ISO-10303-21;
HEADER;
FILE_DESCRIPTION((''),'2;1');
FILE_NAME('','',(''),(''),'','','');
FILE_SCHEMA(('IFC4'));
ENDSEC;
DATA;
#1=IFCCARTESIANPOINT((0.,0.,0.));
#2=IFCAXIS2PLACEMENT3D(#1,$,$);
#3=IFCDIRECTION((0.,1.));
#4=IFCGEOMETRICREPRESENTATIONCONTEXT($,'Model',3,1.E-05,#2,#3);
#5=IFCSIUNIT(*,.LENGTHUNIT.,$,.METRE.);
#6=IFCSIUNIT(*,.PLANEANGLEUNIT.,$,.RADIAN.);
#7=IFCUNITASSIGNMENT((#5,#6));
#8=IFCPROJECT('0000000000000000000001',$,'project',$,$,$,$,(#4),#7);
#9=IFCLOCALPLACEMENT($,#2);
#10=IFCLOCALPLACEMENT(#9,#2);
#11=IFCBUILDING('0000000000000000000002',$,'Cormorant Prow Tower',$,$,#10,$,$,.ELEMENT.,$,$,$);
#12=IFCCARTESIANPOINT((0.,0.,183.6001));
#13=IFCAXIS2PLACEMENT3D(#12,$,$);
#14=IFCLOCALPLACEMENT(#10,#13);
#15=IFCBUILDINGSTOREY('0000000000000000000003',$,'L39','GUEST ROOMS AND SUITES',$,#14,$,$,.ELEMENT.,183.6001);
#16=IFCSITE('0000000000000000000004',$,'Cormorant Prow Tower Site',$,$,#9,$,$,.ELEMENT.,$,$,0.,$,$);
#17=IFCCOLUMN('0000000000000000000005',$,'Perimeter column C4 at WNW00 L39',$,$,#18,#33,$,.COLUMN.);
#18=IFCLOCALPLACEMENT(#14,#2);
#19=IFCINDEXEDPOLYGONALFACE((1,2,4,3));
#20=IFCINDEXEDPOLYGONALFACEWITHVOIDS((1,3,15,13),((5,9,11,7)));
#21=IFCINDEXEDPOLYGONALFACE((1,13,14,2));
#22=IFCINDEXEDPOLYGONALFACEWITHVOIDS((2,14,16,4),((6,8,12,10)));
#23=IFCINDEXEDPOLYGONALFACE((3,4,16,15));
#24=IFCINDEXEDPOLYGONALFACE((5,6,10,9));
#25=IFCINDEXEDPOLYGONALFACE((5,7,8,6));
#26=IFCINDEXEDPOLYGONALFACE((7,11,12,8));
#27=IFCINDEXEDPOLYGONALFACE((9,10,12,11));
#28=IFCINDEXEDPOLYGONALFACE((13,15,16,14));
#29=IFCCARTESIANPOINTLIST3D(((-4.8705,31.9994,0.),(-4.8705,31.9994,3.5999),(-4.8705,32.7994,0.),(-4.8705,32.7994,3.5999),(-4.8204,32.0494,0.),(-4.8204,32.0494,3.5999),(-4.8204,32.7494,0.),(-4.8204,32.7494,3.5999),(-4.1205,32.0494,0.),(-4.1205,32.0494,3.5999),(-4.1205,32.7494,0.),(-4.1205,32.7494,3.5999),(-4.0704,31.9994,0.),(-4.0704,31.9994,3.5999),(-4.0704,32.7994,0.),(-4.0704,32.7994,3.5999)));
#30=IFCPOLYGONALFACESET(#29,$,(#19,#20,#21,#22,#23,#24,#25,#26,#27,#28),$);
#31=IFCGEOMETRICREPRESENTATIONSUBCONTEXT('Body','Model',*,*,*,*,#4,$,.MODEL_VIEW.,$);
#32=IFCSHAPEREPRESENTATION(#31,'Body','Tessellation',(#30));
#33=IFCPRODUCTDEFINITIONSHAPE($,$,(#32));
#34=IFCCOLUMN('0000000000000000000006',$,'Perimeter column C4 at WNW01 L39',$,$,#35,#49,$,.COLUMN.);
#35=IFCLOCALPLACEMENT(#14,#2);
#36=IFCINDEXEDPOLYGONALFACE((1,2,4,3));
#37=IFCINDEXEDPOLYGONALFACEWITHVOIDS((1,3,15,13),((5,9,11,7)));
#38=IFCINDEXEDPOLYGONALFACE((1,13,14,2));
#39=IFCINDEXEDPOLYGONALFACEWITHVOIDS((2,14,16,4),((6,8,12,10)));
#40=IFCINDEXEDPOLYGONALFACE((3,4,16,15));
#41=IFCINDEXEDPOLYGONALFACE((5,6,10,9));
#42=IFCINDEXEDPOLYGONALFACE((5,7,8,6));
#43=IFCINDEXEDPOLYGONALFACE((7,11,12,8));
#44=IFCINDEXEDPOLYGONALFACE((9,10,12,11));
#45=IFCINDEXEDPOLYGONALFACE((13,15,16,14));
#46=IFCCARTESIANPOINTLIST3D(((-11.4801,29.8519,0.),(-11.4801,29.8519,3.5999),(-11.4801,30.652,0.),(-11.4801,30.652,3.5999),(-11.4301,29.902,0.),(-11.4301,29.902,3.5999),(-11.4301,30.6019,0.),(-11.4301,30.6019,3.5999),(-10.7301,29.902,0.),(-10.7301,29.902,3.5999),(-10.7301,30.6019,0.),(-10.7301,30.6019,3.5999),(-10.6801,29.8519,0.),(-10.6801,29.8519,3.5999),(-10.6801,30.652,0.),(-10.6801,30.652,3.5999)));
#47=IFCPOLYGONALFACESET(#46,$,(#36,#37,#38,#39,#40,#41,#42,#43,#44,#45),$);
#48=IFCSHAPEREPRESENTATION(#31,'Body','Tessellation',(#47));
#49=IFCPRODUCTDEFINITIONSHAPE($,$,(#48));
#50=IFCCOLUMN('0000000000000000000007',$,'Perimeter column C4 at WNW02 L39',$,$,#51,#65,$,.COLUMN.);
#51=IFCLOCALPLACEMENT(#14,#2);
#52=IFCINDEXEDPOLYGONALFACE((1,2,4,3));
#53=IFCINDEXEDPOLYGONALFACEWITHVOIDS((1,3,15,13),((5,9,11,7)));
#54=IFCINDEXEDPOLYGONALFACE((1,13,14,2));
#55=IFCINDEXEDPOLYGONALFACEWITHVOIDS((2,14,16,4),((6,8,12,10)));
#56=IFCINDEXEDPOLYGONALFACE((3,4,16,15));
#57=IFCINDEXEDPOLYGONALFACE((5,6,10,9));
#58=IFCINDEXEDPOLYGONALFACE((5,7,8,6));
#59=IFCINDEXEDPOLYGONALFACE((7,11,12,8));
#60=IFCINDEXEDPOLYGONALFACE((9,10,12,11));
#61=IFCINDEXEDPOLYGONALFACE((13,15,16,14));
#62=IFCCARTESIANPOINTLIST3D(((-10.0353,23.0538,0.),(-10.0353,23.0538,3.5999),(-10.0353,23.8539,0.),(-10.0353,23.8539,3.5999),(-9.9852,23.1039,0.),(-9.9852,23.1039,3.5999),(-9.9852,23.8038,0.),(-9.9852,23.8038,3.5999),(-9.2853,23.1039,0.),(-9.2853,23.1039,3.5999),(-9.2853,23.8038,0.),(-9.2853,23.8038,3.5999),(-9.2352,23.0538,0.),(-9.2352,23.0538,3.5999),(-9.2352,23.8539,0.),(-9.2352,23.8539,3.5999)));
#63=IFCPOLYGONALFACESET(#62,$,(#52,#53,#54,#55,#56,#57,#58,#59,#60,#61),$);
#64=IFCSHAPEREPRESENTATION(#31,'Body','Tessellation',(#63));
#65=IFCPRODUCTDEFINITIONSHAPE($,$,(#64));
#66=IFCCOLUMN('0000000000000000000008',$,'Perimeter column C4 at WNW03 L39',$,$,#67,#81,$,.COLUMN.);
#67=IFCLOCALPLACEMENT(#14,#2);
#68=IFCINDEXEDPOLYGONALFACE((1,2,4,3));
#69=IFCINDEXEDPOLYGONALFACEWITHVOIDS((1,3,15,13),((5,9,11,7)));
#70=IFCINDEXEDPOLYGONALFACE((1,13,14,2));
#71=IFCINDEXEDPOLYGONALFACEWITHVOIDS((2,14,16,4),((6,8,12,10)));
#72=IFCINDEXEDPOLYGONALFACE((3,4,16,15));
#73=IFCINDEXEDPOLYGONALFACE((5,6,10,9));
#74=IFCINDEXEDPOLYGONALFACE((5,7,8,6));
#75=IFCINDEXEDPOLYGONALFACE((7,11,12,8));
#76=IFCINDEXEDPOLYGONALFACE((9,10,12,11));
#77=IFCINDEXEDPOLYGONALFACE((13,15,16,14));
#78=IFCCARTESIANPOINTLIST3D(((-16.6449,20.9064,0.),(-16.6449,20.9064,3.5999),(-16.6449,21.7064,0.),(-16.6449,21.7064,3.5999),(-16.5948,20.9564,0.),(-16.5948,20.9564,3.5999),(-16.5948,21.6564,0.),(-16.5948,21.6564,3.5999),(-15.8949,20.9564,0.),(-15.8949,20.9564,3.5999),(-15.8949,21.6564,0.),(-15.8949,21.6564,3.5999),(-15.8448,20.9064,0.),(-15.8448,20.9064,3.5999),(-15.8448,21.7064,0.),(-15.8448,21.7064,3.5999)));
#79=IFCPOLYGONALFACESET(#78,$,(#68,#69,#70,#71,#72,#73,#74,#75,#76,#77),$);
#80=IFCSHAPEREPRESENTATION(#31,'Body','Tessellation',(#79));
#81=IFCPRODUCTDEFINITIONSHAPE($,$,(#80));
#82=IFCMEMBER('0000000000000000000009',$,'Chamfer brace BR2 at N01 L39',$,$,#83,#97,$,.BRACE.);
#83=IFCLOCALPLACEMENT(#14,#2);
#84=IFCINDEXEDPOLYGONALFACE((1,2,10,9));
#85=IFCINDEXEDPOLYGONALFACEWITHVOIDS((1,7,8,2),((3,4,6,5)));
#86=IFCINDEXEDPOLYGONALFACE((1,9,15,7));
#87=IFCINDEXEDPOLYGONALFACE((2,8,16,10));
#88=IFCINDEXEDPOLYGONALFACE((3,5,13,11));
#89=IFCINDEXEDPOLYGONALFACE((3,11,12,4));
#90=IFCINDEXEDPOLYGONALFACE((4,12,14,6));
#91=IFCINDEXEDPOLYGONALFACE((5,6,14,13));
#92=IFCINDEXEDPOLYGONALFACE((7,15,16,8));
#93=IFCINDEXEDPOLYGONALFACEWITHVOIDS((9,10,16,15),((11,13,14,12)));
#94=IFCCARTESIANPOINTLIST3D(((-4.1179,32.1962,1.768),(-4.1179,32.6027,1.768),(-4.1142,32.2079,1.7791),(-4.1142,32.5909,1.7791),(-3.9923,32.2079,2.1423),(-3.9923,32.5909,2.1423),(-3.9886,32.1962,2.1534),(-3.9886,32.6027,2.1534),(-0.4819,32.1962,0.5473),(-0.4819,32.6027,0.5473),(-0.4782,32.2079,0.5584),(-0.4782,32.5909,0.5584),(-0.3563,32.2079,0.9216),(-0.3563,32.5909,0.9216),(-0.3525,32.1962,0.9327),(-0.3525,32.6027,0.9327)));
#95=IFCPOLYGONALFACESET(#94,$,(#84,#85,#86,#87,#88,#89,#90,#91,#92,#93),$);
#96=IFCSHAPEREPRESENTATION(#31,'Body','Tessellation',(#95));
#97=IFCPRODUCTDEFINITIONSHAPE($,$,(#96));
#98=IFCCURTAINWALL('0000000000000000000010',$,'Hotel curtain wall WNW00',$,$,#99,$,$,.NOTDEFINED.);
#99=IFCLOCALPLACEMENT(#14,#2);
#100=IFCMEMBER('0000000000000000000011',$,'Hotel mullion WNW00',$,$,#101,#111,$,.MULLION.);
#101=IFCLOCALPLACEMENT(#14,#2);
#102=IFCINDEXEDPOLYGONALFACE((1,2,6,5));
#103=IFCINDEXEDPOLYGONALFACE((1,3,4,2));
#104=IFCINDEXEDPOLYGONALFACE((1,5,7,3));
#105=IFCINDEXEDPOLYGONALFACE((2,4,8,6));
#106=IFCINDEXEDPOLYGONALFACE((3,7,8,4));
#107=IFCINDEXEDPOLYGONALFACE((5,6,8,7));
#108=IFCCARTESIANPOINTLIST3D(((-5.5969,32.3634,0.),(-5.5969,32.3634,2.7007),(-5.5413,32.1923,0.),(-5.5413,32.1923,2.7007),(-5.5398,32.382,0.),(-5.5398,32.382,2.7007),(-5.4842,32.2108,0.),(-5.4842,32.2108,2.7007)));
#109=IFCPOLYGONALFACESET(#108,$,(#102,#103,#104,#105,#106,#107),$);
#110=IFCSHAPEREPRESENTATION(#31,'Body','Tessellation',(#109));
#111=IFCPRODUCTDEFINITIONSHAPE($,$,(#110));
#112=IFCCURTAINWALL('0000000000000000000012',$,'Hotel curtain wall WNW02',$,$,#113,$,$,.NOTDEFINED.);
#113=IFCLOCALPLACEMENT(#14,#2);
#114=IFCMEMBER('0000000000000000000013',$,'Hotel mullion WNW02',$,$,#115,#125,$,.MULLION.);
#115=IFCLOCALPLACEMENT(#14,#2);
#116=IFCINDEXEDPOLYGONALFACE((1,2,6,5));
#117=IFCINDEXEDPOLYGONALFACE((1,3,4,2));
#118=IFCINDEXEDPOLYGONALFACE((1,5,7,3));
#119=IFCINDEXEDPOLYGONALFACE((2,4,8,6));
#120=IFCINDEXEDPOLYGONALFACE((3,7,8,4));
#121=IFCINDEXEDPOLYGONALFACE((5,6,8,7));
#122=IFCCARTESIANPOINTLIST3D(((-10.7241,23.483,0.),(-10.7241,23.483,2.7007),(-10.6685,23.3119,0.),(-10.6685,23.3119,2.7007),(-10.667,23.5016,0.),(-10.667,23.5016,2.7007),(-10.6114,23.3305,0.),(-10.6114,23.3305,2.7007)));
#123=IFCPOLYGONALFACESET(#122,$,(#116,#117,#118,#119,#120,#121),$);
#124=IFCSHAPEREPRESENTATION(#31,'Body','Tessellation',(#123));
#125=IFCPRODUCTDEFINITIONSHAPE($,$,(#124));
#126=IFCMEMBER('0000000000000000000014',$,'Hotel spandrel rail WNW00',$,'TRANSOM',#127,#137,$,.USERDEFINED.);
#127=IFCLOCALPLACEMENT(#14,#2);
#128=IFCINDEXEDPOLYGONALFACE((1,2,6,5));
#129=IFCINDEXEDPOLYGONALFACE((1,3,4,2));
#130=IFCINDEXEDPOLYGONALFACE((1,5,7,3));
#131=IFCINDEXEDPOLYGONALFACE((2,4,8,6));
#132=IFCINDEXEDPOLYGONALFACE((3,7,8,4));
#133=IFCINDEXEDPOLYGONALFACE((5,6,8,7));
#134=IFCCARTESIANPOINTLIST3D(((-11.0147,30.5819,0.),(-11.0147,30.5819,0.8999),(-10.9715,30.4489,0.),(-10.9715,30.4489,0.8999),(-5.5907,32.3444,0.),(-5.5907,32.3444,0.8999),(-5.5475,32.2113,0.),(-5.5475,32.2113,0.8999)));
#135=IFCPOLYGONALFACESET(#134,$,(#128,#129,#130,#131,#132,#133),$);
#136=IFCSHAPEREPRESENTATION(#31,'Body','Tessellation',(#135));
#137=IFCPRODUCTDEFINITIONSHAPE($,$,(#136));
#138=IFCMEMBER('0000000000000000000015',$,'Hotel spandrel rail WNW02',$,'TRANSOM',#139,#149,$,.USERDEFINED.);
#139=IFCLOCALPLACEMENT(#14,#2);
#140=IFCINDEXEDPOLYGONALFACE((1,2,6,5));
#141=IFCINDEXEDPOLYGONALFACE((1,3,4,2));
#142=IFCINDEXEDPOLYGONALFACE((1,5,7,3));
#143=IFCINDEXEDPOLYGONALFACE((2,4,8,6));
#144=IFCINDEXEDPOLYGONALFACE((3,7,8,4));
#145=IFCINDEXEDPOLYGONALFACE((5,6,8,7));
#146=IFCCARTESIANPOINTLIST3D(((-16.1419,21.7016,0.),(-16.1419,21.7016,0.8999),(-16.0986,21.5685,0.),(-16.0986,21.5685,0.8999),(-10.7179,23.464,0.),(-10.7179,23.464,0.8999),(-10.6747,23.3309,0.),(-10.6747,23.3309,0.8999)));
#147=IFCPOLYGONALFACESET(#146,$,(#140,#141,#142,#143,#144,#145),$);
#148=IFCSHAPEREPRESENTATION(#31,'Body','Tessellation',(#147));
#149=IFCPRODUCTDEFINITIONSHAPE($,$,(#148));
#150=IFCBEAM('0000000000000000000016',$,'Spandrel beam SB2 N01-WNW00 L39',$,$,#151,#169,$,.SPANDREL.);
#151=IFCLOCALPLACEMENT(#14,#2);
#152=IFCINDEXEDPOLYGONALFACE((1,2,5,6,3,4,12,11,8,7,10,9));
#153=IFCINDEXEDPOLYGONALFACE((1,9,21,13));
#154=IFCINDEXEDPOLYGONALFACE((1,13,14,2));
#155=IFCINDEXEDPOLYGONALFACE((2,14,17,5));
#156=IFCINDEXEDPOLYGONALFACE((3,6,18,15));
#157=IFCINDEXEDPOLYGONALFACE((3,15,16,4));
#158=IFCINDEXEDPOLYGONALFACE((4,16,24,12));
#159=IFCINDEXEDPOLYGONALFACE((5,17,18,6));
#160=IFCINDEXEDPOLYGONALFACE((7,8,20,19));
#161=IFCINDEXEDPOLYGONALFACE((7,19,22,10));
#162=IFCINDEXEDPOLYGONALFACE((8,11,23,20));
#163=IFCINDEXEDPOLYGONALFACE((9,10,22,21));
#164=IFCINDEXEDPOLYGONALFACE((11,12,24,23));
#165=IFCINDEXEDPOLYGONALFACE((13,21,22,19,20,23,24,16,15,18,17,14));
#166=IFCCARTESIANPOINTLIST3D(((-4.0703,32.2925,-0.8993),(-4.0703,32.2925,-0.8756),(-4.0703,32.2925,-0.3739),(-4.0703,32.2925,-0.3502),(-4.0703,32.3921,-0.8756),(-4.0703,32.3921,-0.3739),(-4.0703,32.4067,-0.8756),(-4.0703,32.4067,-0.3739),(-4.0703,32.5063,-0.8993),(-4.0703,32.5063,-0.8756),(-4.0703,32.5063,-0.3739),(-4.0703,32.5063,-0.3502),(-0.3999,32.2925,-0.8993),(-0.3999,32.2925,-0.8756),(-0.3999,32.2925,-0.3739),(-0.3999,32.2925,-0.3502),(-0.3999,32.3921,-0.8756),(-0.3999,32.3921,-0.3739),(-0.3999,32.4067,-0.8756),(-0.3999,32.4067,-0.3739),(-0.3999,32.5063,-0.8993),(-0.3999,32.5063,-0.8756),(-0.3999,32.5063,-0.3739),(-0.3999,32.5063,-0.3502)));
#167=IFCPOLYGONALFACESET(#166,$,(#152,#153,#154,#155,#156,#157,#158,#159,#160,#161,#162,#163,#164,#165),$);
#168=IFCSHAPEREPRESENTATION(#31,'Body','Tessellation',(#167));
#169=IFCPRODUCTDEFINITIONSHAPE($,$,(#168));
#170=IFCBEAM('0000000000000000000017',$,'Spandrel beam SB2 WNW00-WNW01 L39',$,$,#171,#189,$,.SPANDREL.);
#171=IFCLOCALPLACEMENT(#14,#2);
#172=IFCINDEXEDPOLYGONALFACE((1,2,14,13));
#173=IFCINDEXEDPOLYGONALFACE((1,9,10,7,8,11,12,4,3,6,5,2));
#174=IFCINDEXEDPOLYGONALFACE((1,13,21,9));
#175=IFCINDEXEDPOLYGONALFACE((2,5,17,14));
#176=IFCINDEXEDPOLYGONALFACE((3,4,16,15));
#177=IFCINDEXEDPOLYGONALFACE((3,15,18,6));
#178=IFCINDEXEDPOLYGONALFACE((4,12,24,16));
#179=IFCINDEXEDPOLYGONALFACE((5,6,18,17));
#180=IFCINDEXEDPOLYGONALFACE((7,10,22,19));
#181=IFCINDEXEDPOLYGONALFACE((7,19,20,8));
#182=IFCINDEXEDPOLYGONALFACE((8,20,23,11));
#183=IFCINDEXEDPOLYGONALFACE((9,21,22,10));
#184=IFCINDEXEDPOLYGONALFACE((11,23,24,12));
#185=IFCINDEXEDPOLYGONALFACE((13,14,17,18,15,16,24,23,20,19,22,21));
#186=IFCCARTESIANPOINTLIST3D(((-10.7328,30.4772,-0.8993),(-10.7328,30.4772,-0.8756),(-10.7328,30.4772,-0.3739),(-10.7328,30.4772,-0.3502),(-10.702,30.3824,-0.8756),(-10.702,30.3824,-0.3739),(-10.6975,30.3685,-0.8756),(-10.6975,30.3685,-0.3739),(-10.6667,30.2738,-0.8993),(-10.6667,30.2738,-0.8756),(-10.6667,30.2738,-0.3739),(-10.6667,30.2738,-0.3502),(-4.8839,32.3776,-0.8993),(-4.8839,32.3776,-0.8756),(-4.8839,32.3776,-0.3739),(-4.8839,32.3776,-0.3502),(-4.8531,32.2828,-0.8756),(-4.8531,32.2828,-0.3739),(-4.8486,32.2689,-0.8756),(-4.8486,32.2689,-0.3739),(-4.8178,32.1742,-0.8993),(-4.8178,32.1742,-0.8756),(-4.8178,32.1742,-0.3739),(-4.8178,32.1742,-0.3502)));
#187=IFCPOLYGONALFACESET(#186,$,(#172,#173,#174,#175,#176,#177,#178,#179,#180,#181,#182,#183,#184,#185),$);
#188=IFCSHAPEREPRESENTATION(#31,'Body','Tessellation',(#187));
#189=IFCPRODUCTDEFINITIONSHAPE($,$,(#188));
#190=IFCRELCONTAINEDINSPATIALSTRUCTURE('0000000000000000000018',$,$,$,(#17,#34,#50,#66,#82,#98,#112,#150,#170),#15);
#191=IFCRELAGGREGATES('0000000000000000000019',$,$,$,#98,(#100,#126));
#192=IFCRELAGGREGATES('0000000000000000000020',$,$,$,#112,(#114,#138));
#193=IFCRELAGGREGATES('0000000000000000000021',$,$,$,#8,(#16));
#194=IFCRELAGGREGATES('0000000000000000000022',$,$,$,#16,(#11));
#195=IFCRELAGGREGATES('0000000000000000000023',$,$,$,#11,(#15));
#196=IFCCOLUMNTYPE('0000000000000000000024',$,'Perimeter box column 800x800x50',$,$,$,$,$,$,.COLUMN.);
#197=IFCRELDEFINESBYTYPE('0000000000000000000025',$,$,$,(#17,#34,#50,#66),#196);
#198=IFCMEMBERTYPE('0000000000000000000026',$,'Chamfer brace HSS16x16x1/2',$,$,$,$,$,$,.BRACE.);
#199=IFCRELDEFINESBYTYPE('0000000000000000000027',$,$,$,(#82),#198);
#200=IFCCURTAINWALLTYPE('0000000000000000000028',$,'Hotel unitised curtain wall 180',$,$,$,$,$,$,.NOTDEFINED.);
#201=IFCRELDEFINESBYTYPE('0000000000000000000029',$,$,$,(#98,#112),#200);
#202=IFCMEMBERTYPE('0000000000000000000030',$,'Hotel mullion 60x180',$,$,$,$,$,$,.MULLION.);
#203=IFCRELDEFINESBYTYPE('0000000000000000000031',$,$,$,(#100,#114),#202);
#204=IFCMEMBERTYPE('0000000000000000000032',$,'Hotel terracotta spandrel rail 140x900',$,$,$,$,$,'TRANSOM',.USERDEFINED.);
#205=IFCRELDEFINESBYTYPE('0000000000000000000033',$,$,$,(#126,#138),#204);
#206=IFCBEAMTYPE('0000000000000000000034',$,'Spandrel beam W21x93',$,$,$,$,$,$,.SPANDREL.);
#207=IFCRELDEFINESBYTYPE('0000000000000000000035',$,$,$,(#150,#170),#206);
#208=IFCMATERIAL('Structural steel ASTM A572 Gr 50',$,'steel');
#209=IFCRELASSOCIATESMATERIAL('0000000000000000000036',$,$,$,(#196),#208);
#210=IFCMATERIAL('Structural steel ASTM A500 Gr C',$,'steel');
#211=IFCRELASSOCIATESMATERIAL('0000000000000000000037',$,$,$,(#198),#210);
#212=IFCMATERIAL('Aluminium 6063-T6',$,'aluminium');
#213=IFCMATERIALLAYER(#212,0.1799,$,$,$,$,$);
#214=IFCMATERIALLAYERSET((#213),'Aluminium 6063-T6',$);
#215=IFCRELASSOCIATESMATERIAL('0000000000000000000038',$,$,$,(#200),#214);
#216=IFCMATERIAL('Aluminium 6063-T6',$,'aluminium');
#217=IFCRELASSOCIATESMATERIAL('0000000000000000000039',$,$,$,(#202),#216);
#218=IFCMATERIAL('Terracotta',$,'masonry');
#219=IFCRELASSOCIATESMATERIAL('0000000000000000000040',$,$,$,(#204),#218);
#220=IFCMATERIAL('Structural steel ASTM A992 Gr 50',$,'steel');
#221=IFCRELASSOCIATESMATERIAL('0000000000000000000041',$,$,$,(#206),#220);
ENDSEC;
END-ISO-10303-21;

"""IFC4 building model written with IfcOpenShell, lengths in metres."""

from ifc_helpers import new_model, si_unit, direction, frame, origin, origin_2d, place, context, subcontext, project, spatial, rectangle, hollow_rectangle, i_section, extrude, material, layer, layer_set, material_profile, profile_set, type_object, element, aggregate, save


model = new_model("IFC4")

# Units and contexts
model_context = context("Model", 3, precision=1e-05, world=origin(), true_north=direction((0.0, 1.0)))
body_context = subcontext(model_context, "Body", "Model", "MODEL_VIEW")
ifc_project = project(units=[si_unit("LENGTHUNIT", "METRE"), si_unit("PLANEANGLEUNIT", "RADIAN")], contexts=[model_context])

# Site, building, storey
site_placement = place(None, origin())
site = spatial("IfcSite", under=ifc_project, at=site_placement, Name="Cormorant Prow Tower Site", CompositionType="ELEMENT", RefElevation=0.0)
building_placement = place(site_placement, origin())
building = spatial("IfcBuilding", under=site, at=building_placement, Name="Cormorant Prow Tower", CompositionType="ELEMENT")
storey_placement = place(building_placement, frame((0.0, 0.0, 183.6001)))
storey = spatial("IfcBuildingStorey", under=building, at=storey_placement, Name="L39", Description="GUEST ROOMS AND SUITES", CompositionType="ELEMENT", Elevation=183.6001)

# Columns
ifc_material_1 = material(Name="Structural steel ASTM A572 Gr 50", Category="steel")
ifc_material_profile_1 = material_profile(ifc_material_1, hollow_rectangle(XDim=0.8, YDim=0.8, WallThickness=0.05, at=origin_2d()), Name="Box 800x800x50")
ifc_profile_set_1 = profile_set([ifc_material_profile_1], Name="Structural steel ASTM A572 Gr 50")
column_type = type_object("IfcColumnType", Name="Perimeter box column 800x800x50", PredefinedType="COLUMN", material=ifc_profile_set_1)
for number, where, z_axis, x_axis, name in (
    (1, (-4.4705, 32.3994, 0.0), (0.0, 0.0, 1.0), (1.0, 0.0, 0.0), "Perimeter column C4 at WNW00 L39"),
    (2, (-11.0801, 30.252, 0.0), (0.0, 0.0, 1.0), (1.0, 0.0, 0.0), "Perimeter column C4 at WNW01 L39"),
    (3, (-9.6353, 23.4539, 0.0), (0.0, 0.0, 1.0), (1.0, 0.0, 0.0), "Perimeter column C4 at WNW02 L39"),
    (4, (-16.2449, 21.3064, 0.0), (0.0, 0.0, 1.0), (1.0, 0.0, 0.0), "Perimeter column C4 at WNW03 L39"),
):
    element("IfcColumn", number, at=place(storey_placement, frame(where, z_axis=z_axis, x_axis=x_axis)), inside=storey, type_object=column_type, Name=name, PredefinedType="COLUMN", context=body_context, shape_type="SweptSolid", body=[
        extrude(hollow_rectangle(XDim=0.8, YDim=0.8, WallThickness=0.05, at=origin_2d()), origin(), (0.0, 0.0, 1.0), 3.5999),
    ])

# Member
ifc_material_2 = material(Name="Structural steel ASTM A500 Gr C", Category="steel")
ifc_material_profile_2 = material_profile(ifc_material_2, hollow_rectangle(XDim=0.4065, YDim=0.4065, WallThickness=0.0117, at=origin_2d()), Name="HSS16x16x1/2")
ifc_profile_set_2 = profile_set([ifc_material_profile_2], Name="Structural steel ASTM A500 Gr C")
member_type_1 = type_object("IfcMemberType", Name="Chamfer brace HSS16x16x1/2", PredefinedType="BRACE", material=ifc_profile_set_2)
member_1_placement = place(storey_placement, frame((-0.4172, 32.3994, 0.74), z_axis=(-0.948, 0.0, 0.31827), x_axis=(0.0, -1.0, 0.0)))
element("IfcMember", 5, at=member_1_placement, inside=storey, type_object=member_type_1, Name="Chamfer brace BR2 at N01 L39", PredefinedType="BRACE", context=body_context, shape_type="SweptSolid", body=[
    extrude(hollow_rectangle(XDim=0.4065, YDim=0.4065, WallThickness=0.0117, at=origin_2d()), origin(), (0.0, 0.0, 1.0), 3.8354),
])

# Curtain walls, members
ifc_material_3 = material(Name="Aluminium 6063-T6", Category="aluminium")
ifc_layer_1 = layer(ifc_material_3, 0.1799)
ifc_layer_set_1 = layer_set([ifc_layer_1], Name="Aluminium 6063-T6")
curtain_wall_type = type_object("IfcCurtainWallType", Name="Hotel unitised curtain wall 180", PredefinedType="NOTDEFINED", material=ifc_layer_set_1)
curtain_wall_1_placement = place(storey_placement, origin())
curtain_wall_1 = element("IfcCurtainWall", 6, at=curtain_wall_1_placement, inside=storey, type_object=curtain_wall_type, Name="Hotel curtain wall WNW00", PredefinedType="NOTDEFINED")
ifc_material_4 = material(Name="Aluminium 6063-T6", Category="aluminium")
ifc_material_profile_3 = material_profile(ifc_material_4, rectangle(XDim=0.1799, YDim=0.0601, at=origin_2d()), Name="Hotel mullion 60x180")
ifc_profile_set_3 = profile_set([ifc_material_profile_3], Name="Aluminium 6063-T6")
member_type_2 = type_object("IfcMemberType", Name="Hotel mullion 60x180", PredefinedType="MULLION", material=ifc_profile_set_3)
member_2_placement = place(storey_placement, frame((-5.5405, 32.2871, 0.0), z_axis=(0.0, 0.0, 1.0), x_axis=(0.309017, -0.951057, 0.0)))
member_2 = element("IfcMember", 7, at=member_2_placement, type_object=member_type_2, Name="Hotel mullion WNW00", PredefinedType="MULLION", context=body_context, shape_type="SweptSolid", body=[
    extrude(rectangle(XDim=0.1799, YDim=0.0601, at=origin_2d()), origin(), (0.0, 0.0, 1.0), 2.7007),
])
curtain_wall_2_placement = place(storey_placement, origin())
curtain_wall_2 = element("IfcCurtainWall", 8, at=curtain_wall_2_placement, inside=storey, type_object=curtain_wall_type, Name="Hotel curtain wall WNW02", PredefinedType="NOTDEFINED")
member_3_placement = place(storey_placement, frame((-10.6677, 23.4067, 0.0), z_axis=(0.0, 0.0, 1.0), x_axis=(0.309017, -0.951057, 0.0)))
member_3 = element("IfcMember", 9, at=member_3_placement, type_object=member_type_2, Name="Hotel mullion WNW02", PredefinedType="MULLION", context=body_context, shape_type="SweptSolid", body=[
    extrude(rectangle(XDim=0.1799, YDim=0.0601, at=origin_2d()), origin(), (0.0, 0.0, 1.0), 2.7007),
])

# Members
ifc_material_5 = material(Name="Terracotta", Category="masonry")
ifc_material_profile_4 = material_profile(ifc_material_5, rectangle(XDim=0.1399, YDim=0.8999, at=origin_2d()), Name="Hotel terracotta spandrel rail 140x900")
ifc_profile_set_4 = profile_set([ifc_material_profile_4], Name="Terracotta")
member_type_3 = type_object("IfcMemberType", Name="Hotel terracotta spandrel rail 140x900", ElementType="TRANSOM", PredefinedType="USERDEFINED", material=ifc_profile_set_4)
member_4_placement = place(storey_placement, frame((-5.5691, 32.2778, 0.45), z_axis=(-0.951053, -0.309027, 0.0), x_axis=(0.309027, -0.951053, 0.0)))
member_4 = element("IfcMember", 10, at=member_4_placement, type_object=member_type_3, Name="Hotel spandrel rail WNW00", ObjectType="TRANSOM", PredefinedType="USERDEFINED", context=body_context, shape_type="SweptSolid", body=[
    extrude(rectangle(XDim=0.1399, YDim=0.8999, at=origin_2d()), origin(), (0.0, 0.0, 1.0), 5.7031),
])
member_5_placement = place(storey_placement, frame((-10.6963, 23.3975, 0.45), z_axis=(-0.951053, -0.309027, 0.0), x_axis=(0.309027, -0.951053, 0.0)))
member_5 = element("IfcMember", 11, at=member_5_placement, type_object=member_type_3, Name="Hotel spandrel rail WNW02", ObjectType="TRANSOM", PredefinedType="USERDEFINED", context=body_context, shape_type="SweptSolid", body=[
    extrude(rectangle(XDim=0.1399, YDim=0.8999, at=origin_2d()), origin(), (0.0, 0.0, 1.0), 5.7031),
])

# Beams
ifc_material_6 = material(Name="Structural steel ASTM A992 Gr 50", Category="steel")
ifc_material_profile_5 = material_profile(ifc_material_6, i_section(OverallWidth=0.2139, OverallDepth=0.5491, WebThickness=0.0146, FlangeThickness=0.0237, at=origin_2d()), Name="W21x93")
ifc_profile_set_5 = profile_set([ifc_material_profile_5], Name="Structural steel ASTM A992 Gr 50")
beam_type = type_object("IfcBeamType", Name="Spandrel beam W21x93", PredefinedType="SPANDREL", material=ifc_profile_set_5)
beam_1_placement = place(storey_placement, frame((-0.3999, 32.3994, -0.6248), z_axis=(-1.0, 0.0, 0.0), x_axis=(0.0, -1.0, 0.0)))
element("IfcBeam", 12, at=beam_1_placement, inside=storey, type_object=beam_type, Name="Spandrel beam SB2 N01-WNW00 L39", PredefinedType="SPANDREL", context=body_context, shape_type="SweptSolid", body=[
    extrude(i_section(OverallWidth=0.2139, OverallDepth=0.5491, WebThickness=0.0146, FlangeThickness=0.0237, at=origin_2d()), origin(), (0.0, 0.0, 1.0), 3.6704),
])
beam_2_placement = place(storey_placement, frame((-4.8508, 32.2759, -0.6248), z_axis=(-0.951058, -0.309013, 0.0), x_axis=(0.309013, -0.951058, 0.0)))
element("IfcBeam", 13, at=beam_2_placement, inside=storey, type_object=beam_type, Name="Spandrel beam SB2 WNW00-WNW01 L39", PredefinedType="SPANDREL", context=body_context, shape_type="SweptSolid", body=[
    extrude(i_section(OverallWidth=0.2139, OverallDepth=0.5491, WebThickness=0.0146, FlangeThickness=0.0237, at=origin_2d()), origin(), (0.0, 0.0, 1.0), 6.1499),
])

aggregate(curtain_wall_1, [member_2, member_4])
aggregate(curtain_wall_2, [member_3, member_5])

save(model, "model.ifc")
